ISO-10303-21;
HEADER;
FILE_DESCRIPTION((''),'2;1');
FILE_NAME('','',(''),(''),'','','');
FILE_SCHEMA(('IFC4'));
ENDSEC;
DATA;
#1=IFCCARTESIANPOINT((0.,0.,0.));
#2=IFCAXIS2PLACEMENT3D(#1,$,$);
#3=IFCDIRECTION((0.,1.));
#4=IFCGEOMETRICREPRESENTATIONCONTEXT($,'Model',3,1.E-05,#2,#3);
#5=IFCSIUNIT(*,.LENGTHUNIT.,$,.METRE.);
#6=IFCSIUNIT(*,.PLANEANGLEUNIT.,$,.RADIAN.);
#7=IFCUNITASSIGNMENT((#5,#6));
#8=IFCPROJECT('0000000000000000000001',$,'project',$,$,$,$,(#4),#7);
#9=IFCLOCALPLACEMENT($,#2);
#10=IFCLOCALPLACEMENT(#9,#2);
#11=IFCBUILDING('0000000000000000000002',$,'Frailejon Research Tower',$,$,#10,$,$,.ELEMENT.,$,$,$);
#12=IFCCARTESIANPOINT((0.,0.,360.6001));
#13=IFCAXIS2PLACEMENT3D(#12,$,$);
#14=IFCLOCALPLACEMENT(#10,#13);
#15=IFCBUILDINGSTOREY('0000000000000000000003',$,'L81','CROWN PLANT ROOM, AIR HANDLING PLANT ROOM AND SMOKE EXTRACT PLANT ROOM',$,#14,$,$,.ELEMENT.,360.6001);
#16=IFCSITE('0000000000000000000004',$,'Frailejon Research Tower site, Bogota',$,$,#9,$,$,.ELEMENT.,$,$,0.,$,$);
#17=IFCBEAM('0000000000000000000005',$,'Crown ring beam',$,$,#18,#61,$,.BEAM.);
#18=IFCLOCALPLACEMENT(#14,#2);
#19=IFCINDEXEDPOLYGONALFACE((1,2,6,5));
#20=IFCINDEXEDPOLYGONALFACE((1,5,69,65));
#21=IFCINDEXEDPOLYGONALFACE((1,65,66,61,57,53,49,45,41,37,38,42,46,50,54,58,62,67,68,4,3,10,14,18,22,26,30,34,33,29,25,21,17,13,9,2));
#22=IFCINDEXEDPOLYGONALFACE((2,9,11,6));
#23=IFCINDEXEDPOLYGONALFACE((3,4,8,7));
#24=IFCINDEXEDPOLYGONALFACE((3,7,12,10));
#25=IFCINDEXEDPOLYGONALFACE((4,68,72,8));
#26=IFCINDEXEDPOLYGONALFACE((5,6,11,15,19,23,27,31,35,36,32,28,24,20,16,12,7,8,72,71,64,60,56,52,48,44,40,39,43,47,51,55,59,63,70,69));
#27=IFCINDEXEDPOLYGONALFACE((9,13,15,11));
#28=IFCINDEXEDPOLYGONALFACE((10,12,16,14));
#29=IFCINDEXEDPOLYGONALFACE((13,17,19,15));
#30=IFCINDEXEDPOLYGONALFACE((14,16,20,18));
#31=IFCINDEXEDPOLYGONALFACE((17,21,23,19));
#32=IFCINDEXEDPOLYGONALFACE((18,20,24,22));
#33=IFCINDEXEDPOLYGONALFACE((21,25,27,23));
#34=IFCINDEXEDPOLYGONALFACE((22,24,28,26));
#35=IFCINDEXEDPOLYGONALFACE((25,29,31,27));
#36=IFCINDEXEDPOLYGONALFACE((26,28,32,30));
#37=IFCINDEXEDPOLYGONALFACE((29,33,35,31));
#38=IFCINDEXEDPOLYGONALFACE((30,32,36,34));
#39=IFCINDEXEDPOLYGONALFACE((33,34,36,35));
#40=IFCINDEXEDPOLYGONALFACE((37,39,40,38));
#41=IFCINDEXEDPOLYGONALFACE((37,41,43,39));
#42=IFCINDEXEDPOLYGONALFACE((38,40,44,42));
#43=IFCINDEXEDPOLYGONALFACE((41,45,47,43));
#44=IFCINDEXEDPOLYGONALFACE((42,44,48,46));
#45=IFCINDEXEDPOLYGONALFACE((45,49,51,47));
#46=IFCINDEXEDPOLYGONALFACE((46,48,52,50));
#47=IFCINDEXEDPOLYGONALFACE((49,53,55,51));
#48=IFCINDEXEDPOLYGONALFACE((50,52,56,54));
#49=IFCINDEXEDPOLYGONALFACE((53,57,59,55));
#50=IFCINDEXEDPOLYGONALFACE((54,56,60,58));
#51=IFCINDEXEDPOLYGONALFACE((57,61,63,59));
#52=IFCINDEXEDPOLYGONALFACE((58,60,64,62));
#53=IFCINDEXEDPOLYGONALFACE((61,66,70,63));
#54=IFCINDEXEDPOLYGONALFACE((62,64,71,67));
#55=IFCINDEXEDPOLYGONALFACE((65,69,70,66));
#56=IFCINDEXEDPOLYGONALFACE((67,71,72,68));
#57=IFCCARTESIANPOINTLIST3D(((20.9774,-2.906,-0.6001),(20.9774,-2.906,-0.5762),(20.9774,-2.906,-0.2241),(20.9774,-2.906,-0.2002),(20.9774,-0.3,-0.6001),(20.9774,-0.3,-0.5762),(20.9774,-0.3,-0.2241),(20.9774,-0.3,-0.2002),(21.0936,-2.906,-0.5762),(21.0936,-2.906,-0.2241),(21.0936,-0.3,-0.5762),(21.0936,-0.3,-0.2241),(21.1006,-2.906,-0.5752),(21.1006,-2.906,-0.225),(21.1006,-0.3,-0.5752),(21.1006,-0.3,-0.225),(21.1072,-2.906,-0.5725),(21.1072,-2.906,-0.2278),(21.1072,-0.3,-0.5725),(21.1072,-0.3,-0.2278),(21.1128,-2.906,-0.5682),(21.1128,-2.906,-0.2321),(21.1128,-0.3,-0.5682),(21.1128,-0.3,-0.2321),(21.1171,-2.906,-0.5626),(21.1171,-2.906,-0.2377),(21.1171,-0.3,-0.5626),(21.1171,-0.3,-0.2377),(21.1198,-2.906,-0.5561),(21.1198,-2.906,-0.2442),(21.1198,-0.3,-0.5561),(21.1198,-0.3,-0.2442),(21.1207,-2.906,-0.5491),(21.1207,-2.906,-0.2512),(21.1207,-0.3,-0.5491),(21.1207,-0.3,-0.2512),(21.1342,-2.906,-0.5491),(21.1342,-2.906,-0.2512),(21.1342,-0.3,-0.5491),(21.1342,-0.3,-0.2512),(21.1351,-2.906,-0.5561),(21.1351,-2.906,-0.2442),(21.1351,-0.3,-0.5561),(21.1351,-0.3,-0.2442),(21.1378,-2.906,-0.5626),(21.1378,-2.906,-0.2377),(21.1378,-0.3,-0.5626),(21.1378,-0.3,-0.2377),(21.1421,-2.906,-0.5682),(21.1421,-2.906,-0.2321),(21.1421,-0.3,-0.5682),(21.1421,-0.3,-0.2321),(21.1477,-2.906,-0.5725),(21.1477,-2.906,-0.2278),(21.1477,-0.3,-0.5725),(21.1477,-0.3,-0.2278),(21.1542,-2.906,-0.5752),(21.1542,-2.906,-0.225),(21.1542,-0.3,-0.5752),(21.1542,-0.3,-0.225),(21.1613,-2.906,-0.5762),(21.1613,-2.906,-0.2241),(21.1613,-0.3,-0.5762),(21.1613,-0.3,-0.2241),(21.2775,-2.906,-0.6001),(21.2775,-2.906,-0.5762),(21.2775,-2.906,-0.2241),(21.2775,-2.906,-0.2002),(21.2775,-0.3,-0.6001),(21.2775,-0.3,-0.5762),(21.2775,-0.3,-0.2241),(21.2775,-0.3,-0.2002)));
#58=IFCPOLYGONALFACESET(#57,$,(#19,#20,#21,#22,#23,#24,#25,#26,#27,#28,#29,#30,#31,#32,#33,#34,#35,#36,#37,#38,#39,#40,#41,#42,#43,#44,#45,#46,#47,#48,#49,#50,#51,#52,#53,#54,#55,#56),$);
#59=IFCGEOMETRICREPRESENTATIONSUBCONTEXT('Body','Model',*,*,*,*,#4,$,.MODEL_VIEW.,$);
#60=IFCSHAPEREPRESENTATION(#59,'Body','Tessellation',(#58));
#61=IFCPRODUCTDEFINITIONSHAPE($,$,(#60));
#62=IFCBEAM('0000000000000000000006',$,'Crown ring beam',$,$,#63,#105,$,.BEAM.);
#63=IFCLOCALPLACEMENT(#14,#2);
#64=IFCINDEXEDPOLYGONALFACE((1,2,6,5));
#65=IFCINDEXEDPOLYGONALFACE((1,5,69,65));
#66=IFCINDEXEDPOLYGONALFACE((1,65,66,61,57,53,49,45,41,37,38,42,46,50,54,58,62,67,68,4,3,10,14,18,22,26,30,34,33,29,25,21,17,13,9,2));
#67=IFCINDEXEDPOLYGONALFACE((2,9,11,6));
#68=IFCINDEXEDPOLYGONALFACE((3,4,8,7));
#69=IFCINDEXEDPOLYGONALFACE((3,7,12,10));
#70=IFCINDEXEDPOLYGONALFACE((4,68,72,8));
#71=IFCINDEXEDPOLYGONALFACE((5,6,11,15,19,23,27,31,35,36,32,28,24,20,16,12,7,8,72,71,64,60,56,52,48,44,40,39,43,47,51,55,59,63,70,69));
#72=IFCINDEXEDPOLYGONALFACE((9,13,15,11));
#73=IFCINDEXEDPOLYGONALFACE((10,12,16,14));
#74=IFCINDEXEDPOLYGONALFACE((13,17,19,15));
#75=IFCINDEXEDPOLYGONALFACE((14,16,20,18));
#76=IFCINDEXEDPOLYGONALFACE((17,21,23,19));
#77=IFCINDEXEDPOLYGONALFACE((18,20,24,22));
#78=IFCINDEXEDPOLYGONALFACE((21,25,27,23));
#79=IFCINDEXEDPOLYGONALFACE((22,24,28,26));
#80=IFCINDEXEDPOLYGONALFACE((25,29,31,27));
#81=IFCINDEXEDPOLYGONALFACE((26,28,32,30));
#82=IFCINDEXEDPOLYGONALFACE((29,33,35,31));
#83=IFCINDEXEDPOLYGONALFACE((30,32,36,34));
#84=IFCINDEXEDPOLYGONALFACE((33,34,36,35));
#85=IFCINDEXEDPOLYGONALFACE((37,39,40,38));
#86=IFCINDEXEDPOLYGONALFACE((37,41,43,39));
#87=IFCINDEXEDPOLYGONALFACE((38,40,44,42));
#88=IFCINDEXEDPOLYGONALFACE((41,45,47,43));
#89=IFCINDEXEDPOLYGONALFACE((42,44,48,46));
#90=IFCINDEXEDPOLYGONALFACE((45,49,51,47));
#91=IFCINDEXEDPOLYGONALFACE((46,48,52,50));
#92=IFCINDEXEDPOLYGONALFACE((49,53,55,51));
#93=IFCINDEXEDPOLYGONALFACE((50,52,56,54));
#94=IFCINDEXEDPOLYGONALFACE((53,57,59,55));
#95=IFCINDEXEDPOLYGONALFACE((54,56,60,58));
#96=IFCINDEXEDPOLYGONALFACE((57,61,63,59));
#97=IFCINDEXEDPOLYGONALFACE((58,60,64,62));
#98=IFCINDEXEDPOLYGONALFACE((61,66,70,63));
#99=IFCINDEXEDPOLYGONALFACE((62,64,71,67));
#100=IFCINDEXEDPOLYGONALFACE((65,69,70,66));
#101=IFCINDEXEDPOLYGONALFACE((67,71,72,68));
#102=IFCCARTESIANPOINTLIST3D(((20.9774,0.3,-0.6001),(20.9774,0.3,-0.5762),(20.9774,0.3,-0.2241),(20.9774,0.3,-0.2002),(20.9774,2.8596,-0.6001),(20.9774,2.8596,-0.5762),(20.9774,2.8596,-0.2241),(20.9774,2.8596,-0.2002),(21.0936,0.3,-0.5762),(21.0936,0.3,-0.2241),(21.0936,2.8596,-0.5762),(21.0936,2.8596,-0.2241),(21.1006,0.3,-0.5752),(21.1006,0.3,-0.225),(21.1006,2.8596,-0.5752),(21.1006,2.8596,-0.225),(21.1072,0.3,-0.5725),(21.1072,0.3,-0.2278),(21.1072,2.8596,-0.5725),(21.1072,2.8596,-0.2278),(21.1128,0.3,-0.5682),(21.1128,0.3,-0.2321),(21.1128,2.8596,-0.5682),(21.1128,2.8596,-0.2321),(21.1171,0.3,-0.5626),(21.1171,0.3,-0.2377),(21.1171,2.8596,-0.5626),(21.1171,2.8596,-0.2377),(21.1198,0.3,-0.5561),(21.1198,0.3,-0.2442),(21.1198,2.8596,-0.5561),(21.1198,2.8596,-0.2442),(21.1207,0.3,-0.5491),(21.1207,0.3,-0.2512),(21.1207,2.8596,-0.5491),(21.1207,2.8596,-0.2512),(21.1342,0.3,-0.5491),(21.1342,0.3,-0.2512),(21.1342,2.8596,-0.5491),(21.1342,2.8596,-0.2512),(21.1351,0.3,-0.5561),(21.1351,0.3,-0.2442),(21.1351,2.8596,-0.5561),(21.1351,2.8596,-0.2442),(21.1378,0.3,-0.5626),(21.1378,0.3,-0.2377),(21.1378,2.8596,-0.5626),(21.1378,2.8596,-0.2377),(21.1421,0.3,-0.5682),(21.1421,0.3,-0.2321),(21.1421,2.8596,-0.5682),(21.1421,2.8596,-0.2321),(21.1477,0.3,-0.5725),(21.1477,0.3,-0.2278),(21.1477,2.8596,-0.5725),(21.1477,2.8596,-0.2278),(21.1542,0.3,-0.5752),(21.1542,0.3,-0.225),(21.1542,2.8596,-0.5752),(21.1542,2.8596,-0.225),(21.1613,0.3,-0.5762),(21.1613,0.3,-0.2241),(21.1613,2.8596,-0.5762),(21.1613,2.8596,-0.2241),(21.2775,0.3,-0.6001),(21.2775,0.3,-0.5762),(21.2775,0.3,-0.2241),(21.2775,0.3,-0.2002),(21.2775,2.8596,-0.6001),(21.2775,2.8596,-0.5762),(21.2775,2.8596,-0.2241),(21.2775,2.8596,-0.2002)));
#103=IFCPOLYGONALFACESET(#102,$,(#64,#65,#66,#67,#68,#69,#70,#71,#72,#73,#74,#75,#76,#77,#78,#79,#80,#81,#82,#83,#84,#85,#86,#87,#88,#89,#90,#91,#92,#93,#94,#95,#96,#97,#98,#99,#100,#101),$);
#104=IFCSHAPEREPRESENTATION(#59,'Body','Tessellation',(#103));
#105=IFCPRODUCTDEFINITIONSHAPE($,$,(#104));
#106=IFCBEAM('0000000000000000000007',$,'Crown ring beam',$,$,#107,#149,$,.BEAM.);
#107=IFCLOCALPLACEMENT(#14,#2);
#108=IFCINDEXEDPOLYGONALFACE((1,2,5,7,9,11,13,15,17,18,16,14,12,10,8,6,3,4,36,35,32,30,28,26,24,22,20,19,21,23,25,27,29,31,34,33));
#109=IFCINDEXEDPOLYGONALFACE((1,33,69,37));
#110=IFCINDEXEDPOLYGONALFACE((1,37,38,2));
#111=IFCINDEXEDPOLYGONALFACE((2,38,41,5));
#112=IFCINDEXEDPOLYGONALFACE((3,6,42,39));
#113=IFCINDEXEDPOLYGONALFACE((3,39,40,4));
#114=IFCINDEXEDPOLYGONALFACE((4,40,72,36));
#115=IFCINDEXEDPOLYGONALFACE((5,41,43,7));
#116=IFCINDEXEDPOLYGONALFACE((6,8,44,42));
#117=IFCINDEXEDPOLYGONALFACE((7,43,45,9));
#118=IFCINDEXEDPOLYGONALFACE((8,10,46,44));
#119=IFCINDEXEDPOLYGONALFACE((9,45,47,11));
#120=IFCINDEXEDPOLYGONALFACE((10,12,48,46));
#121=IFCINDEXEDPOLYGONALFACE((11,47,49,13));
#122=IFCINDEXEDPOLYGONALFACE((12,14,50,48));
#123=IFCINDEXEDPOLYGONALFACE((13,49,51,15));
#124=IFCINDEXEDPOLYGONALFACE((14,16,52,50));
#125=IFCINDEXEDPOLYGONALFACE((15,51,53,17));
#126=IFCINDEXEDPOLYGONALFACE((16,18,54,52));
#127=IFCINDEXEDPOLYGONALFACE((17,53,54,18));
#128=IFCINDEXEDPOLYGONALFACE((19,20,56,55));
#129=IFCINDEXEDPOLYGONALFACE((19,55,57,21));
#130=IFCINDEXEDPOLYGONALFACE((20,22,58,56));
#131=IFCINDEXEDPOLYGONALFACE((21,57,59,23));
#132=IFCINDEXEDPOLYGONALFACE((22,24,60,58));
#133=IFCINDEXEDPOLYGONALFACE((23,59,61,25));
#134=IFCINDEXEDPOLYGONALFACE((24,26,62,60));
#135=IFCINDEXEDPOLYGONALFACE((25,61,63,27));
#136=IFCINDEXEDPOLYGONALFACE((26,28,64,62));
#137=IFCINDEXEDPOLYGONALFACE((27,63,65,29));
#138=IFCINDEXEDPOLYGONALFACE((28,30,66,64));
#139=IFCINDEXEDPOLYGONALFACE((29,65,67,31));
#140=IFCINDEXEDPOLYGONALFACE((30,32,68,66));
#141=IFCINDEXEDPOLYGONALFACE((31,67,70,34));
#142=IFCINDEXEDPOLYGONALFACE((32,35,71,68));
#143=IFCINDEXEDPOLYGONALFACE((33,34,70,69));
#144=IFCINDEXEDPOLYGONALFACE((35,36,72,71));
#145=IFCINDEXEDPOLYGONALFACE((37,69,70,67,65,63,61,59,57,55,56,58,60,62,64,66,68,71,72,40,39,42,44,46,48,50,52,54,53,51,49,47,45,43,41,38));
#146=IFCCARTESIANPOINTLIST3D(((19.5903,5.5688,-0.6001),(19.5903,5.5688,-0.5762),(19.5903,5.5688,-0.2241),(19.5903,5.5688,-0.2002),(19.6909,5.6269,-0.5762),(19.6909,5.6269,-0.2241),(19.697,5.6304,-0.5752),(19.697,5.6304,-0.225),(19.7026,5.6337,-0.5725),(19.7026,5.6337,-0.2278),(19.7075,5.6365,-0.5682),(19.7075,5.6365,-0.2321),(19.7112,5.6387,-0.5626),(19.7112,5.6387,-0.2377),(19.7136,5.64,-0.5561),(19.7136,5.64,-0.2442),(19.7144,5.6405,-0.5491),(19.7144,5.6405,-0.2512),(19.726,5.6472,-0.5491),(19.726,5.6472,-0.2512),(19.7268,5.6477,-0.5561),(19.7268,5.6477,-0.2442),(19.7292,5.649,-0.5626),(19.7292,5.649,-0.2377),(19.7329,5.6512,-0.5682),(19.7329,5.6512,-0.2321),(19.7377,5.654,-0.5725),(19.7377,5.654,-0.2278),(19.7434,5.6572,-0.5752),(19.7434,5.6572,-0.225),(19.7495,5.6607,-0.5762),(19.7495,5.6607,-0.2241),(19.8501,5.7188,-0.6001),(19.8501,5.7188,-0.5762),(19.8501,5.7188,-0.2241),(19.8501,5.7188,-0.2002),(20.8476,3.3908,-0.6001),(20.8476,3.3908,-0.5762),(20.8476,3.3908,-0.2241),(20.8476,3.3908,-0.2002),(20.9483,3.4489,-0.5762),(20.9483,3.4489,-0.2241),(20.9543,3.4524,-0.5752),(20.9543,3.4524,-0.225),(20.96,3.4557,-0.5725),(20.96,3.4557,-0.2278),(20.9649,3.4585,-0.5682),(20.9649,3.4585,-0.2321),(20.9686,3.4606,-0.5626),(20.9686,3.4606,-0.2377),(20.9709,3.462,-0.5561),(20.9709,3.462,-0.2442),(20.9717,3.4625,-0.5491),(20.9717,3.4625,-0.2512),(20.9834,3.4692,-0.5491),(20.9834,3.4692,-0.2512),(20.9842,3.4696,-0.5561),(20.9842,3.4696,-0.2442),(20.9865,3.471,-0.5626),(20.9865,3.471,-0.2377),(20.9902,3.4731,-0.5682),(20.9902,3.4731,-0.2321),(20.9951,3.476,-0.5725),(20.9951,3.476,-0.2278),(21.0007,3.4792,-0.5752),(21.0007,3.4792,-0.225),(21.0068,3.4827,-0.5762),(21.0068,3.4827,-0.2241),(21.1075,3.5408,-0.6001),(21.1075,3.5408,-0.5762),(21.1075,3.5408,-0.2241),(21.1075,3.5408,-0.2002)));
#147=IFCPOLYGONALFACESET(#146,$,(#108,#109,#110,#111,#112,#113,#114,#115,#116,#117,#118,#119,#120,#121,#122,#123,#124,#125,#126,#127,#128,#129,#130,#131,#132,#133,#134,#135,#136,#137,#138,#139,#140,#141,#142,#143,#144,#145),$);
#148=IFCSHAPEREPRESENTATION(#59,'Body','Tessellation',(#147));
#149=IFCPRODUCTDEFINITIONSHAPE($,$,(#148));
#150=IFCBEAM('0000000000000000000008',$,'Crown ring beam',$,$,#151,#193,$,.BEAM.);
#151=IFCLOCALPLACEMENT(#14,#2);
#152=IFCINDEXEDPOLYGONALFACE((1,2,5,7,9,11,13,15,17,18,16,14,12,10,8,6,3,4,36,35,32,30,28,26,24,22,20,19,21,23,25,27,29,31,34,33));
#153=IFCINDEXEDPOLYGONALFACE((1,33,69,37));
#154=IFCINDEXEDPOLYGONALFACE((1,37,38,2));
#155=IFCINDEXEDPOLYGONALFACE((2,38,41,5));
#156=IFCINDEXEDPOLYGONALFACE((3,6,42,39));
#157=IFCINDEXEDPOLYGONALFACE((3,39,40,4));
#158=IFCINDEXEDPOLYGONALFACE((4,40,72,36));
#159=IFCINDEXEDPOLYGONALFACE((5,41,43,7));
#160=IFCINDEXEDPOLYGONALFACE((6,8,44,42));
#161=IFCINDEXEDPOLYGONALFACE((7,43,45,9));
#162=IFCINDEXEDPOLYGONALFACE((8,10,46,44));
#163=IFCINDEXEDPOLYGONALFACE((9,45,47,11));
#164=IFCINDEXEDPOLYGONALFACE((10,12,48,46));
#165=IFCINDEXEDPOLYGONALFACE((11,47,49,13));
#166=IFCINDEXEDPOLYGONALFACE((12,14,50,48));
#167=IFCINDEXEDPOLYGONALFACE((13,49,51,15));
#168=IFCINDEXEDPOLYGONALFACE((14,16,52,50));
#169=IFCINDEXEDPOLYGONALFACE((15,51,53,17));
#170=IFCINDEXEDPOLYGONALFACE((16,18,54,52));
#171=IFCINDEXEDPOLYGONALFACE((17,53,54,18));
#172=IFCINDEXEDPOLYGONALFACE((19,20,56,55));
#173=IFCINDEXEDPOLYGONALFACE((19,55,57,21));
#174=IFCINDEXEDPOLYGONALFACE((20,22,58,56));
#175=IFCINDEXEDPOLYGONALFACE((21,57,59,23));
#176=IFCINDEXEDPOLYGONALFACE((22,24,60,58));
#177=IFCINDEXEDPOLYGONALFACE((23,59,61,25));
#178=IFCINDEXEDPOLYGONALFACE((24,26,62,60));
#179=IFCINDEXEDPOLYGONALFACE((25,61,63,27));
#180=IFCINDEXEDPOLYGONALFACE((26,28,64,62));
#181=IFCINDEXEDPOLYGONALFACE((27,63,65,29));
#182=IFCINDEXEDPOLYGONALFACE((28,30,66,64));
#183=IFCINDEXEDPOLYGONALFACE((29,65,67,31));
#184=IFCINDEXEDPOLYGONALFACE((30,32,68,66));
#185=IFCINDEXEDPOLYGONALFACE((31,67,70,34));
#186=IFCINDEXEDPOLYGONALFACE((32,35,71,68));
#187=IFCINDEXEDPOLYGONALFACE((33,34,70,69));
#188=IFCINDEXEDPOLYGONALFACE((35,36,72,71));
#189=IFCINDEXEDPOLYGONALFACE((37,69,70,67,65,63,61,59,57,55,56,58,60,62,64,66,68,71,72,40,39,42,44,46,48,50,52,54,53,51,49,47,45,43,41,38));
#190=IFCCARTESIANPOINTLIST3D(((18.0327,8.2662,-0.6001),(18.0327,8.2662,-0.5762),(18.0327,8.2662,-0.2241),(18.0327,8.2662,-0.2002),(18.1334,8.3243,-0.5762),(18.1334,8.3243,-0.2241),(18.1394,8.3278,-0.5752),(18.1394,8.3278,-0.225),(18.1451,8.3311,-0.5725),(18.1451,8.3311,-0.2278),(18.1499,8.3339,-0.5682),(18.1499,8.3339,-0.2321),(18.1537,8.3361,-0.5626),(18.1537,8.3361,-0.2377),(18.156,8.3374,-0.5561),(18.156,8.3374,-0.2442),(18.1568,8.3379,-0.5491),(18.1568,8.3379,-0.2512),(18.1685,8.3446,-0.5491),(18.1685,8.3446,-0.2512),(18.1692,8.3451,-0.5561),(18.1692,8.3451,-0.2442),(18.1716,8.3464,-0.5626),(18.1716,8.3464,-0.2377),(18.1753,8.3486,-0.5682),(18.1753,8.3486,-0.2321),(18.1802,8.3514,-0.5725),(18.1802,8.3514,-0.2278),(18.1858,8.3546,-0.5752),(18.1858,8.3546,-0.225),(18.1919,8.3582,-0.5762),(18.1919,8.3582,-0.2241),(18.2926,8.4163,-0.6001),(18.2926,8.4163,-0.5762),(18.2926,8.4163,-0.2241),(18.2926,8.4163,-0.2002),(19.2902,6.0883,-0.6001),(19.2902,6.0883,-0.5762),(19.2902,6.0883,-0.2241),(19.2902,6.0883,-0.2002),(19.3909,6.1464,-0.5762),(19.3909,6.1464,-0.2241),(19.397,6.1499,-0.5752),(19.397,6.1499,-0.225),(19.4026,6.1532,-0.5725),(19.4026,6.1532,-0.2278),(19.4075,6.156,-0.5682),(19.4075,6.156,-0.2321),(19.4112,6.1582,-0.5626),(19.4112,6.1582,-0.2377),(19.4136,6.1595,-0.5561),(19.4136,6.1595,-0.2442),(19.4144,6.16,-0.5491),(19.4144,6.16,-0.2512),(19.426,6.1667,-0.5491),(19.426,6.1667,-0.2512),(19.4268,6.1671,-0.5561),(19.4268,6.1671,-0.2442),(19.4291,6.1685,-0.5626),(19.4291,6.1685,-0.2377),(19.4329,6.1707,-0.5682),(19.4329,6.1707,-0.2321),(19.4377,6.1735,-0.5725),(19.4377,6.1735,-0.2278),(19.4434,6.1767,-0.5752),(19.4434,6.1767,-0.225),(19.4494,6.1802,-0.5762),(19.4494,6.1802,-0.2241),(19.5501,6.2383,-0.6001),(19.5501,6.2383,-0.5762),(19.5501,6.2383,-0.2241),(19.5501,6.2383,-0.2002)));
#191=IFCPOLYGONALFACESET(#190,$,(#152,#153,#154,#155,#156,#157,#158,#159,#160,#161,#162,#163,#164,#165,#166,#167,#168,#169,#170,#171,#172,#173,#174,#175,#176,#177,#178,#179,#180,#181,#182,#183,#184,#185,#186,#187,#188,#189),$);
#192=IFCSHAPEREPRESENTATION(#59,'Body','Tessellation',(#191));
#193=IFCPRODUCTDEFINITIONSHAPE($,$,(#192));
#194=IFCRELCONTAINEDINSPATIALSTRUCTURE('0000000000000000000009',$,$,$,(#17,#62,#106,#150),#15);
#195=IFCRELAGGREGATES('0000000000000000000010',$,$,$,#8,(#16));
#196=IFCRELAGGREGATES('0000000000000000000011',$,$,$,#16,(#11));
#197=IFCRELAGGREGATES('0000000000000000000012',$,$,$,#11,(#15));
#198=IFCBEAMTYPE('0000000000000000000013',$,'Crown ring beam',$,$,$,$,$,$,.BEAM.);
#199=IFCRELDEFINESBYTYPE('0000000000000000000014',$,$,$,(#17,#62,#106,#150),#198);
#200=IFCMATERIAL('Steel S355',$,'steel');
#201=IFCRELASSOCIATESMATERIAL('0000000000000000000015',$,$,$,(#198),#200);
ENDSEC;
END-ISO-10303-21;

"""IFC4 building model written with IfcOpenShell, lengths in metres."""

from ifc_helpers import new_model, si_unit, direction, frame, origin, origin_2d, place, context, subcontext, project, spatial, i_section, extrude, material, material_profile, profile_set, type_object, element, save


model = new_model("IFC4")

# Units and contexts
model_context = context("Model", 3, precision=1e-05, world=origin(), true_north=direction((0.0, 1.0)))
body_context = subcontext(model_context, "Body", "Model", "MODEL_VIEW")
ifc_project = project(units=[si_unit("LENGTHUNIT", "METRE"), si_unit("PLANEANGLEUNIT", "RADIAN")], contexts=[model_context])

# Site, building, storey
site_placement = place(None, origin())
site = spatial("IfcSite", under=ifc_project, at=site_placement, Name="Frailejon Research Tower site, Bogota", CompositionType="ELEMENT", RefElevation=0.0)
building_placement = place(site_placement, origin())
building = spatial("IfcBuilding", under=site, at=building_placement, Name="Frailejon Research Tower", CompositionType="ELEMENT")
storey_placement = place(building_placement, frame((0.0, 0.0, 360.6001)))
storey = spatial("IfcBuildingStorey", under=building, at=storey_placement, Name="L81", Description="CROWN PLANT ROOM, AIR HANDLING PLANT ROOM AND SMOKE EXTRACT PLANT ROOM", CompositionType="ELEMENT", Elevation=360.6001)

# Beams
ifc_material_1 = material(Name="Steel S355", Category="steel")
ifc_material_profile_1 = material_profile(ifc_material_1, i_section(OverallWidth=0.3, OverallDepth=0.3999, WebThickness=0.0134, FlangeThickness=0.0239, FilletRadius=0.0271, at=origin_2d()), Name="HE 400 B")
ifc_profile_set_1 = profile_set([ifc_material_profile_1], Name="Steel S355")
beam_type_1 = type_object("IfcBeamType", Name="Crown ring beam", PredefinedType="BEAM", material=ifc_profile_set_1)
beam_1_placement = place(storey_placement, frame((21.1274, -2.906, -0.4001), z_axis=(0.0, 1.0, 0.0), x_axis=(-1.0, 0.0, 0.0)))
element("IfcBeam", 1, at=beam_1_placement, inside=storey, type_object=beam_type_1, Name="Crown ring beam", PredefinedType="BEAM", context=body_context, shape_type="SweptSolid", body=[
    extrude(i_section(OverallWidth=0.3, OverallDepth=0.3999, WebThickness=0.0134, FlangeThickness=0.0239, FilletRadius=0.0271, at=origin_2d()), origin(), (0.0, 0.0, 1.0), 2.606),
])
beam_2_placement = place(storey_placement, frame((21.1274, 0.3, -0.4001), z_axis=(0.0, 1.0, 0.0), x_axis=(-1.0, 0.0, 0.0)))
element("IfcBeam", 2, at=beam_2_placement, inside=storey, type_object=beam_type_1, Name="Crown ring beam", PredefinedType="BEAM", context=body_context, shape_type="SweptSolid", body=[
    extrude(i_section(OverallWidth=0.3, OverallDepth=0.3999, WebThickness=0.0134, FlangeThickness=0.0239, FilletRadius=0.0271, at=origin_2d()), origin(), (0.0, 0.0, 1.0), 2.5596),
])
for number, where, z_axis, x_axis, name in (
    (3, (20.9775, 3.4658, -0.4001), (-0.499961, 0.866048, 0.0), (-0.866048, -0.499961, 0.0), "Crown ring beam"),
    (4, (19.4202, 6.1633, -0.4001), (-0.500033, 0.866006, 0.0), (-0.866006, -0.500033, 0.0), "Crown ring beam"),
):
    element("IfcBeam", number, at=place(storey_placement, frame(where, z_axis=z_axis, x_axis=x_axis)), inside=storey, type_object=beam_type_1, Name=name, PredefinedType="BEAM", context=body_context, shape_type="SweptSolid", body=[
        extrude(i_section(OverallWidth=0.3, OverallDepth=0.3999, WebThickness=0.0134, FlangeThickness=0.0239, FilletRadius=0.0271, at=origin_2d()), origin(), (0.0, 0.0, 1.0), 2.5149),
    ])

save(model, "model.ifc")
